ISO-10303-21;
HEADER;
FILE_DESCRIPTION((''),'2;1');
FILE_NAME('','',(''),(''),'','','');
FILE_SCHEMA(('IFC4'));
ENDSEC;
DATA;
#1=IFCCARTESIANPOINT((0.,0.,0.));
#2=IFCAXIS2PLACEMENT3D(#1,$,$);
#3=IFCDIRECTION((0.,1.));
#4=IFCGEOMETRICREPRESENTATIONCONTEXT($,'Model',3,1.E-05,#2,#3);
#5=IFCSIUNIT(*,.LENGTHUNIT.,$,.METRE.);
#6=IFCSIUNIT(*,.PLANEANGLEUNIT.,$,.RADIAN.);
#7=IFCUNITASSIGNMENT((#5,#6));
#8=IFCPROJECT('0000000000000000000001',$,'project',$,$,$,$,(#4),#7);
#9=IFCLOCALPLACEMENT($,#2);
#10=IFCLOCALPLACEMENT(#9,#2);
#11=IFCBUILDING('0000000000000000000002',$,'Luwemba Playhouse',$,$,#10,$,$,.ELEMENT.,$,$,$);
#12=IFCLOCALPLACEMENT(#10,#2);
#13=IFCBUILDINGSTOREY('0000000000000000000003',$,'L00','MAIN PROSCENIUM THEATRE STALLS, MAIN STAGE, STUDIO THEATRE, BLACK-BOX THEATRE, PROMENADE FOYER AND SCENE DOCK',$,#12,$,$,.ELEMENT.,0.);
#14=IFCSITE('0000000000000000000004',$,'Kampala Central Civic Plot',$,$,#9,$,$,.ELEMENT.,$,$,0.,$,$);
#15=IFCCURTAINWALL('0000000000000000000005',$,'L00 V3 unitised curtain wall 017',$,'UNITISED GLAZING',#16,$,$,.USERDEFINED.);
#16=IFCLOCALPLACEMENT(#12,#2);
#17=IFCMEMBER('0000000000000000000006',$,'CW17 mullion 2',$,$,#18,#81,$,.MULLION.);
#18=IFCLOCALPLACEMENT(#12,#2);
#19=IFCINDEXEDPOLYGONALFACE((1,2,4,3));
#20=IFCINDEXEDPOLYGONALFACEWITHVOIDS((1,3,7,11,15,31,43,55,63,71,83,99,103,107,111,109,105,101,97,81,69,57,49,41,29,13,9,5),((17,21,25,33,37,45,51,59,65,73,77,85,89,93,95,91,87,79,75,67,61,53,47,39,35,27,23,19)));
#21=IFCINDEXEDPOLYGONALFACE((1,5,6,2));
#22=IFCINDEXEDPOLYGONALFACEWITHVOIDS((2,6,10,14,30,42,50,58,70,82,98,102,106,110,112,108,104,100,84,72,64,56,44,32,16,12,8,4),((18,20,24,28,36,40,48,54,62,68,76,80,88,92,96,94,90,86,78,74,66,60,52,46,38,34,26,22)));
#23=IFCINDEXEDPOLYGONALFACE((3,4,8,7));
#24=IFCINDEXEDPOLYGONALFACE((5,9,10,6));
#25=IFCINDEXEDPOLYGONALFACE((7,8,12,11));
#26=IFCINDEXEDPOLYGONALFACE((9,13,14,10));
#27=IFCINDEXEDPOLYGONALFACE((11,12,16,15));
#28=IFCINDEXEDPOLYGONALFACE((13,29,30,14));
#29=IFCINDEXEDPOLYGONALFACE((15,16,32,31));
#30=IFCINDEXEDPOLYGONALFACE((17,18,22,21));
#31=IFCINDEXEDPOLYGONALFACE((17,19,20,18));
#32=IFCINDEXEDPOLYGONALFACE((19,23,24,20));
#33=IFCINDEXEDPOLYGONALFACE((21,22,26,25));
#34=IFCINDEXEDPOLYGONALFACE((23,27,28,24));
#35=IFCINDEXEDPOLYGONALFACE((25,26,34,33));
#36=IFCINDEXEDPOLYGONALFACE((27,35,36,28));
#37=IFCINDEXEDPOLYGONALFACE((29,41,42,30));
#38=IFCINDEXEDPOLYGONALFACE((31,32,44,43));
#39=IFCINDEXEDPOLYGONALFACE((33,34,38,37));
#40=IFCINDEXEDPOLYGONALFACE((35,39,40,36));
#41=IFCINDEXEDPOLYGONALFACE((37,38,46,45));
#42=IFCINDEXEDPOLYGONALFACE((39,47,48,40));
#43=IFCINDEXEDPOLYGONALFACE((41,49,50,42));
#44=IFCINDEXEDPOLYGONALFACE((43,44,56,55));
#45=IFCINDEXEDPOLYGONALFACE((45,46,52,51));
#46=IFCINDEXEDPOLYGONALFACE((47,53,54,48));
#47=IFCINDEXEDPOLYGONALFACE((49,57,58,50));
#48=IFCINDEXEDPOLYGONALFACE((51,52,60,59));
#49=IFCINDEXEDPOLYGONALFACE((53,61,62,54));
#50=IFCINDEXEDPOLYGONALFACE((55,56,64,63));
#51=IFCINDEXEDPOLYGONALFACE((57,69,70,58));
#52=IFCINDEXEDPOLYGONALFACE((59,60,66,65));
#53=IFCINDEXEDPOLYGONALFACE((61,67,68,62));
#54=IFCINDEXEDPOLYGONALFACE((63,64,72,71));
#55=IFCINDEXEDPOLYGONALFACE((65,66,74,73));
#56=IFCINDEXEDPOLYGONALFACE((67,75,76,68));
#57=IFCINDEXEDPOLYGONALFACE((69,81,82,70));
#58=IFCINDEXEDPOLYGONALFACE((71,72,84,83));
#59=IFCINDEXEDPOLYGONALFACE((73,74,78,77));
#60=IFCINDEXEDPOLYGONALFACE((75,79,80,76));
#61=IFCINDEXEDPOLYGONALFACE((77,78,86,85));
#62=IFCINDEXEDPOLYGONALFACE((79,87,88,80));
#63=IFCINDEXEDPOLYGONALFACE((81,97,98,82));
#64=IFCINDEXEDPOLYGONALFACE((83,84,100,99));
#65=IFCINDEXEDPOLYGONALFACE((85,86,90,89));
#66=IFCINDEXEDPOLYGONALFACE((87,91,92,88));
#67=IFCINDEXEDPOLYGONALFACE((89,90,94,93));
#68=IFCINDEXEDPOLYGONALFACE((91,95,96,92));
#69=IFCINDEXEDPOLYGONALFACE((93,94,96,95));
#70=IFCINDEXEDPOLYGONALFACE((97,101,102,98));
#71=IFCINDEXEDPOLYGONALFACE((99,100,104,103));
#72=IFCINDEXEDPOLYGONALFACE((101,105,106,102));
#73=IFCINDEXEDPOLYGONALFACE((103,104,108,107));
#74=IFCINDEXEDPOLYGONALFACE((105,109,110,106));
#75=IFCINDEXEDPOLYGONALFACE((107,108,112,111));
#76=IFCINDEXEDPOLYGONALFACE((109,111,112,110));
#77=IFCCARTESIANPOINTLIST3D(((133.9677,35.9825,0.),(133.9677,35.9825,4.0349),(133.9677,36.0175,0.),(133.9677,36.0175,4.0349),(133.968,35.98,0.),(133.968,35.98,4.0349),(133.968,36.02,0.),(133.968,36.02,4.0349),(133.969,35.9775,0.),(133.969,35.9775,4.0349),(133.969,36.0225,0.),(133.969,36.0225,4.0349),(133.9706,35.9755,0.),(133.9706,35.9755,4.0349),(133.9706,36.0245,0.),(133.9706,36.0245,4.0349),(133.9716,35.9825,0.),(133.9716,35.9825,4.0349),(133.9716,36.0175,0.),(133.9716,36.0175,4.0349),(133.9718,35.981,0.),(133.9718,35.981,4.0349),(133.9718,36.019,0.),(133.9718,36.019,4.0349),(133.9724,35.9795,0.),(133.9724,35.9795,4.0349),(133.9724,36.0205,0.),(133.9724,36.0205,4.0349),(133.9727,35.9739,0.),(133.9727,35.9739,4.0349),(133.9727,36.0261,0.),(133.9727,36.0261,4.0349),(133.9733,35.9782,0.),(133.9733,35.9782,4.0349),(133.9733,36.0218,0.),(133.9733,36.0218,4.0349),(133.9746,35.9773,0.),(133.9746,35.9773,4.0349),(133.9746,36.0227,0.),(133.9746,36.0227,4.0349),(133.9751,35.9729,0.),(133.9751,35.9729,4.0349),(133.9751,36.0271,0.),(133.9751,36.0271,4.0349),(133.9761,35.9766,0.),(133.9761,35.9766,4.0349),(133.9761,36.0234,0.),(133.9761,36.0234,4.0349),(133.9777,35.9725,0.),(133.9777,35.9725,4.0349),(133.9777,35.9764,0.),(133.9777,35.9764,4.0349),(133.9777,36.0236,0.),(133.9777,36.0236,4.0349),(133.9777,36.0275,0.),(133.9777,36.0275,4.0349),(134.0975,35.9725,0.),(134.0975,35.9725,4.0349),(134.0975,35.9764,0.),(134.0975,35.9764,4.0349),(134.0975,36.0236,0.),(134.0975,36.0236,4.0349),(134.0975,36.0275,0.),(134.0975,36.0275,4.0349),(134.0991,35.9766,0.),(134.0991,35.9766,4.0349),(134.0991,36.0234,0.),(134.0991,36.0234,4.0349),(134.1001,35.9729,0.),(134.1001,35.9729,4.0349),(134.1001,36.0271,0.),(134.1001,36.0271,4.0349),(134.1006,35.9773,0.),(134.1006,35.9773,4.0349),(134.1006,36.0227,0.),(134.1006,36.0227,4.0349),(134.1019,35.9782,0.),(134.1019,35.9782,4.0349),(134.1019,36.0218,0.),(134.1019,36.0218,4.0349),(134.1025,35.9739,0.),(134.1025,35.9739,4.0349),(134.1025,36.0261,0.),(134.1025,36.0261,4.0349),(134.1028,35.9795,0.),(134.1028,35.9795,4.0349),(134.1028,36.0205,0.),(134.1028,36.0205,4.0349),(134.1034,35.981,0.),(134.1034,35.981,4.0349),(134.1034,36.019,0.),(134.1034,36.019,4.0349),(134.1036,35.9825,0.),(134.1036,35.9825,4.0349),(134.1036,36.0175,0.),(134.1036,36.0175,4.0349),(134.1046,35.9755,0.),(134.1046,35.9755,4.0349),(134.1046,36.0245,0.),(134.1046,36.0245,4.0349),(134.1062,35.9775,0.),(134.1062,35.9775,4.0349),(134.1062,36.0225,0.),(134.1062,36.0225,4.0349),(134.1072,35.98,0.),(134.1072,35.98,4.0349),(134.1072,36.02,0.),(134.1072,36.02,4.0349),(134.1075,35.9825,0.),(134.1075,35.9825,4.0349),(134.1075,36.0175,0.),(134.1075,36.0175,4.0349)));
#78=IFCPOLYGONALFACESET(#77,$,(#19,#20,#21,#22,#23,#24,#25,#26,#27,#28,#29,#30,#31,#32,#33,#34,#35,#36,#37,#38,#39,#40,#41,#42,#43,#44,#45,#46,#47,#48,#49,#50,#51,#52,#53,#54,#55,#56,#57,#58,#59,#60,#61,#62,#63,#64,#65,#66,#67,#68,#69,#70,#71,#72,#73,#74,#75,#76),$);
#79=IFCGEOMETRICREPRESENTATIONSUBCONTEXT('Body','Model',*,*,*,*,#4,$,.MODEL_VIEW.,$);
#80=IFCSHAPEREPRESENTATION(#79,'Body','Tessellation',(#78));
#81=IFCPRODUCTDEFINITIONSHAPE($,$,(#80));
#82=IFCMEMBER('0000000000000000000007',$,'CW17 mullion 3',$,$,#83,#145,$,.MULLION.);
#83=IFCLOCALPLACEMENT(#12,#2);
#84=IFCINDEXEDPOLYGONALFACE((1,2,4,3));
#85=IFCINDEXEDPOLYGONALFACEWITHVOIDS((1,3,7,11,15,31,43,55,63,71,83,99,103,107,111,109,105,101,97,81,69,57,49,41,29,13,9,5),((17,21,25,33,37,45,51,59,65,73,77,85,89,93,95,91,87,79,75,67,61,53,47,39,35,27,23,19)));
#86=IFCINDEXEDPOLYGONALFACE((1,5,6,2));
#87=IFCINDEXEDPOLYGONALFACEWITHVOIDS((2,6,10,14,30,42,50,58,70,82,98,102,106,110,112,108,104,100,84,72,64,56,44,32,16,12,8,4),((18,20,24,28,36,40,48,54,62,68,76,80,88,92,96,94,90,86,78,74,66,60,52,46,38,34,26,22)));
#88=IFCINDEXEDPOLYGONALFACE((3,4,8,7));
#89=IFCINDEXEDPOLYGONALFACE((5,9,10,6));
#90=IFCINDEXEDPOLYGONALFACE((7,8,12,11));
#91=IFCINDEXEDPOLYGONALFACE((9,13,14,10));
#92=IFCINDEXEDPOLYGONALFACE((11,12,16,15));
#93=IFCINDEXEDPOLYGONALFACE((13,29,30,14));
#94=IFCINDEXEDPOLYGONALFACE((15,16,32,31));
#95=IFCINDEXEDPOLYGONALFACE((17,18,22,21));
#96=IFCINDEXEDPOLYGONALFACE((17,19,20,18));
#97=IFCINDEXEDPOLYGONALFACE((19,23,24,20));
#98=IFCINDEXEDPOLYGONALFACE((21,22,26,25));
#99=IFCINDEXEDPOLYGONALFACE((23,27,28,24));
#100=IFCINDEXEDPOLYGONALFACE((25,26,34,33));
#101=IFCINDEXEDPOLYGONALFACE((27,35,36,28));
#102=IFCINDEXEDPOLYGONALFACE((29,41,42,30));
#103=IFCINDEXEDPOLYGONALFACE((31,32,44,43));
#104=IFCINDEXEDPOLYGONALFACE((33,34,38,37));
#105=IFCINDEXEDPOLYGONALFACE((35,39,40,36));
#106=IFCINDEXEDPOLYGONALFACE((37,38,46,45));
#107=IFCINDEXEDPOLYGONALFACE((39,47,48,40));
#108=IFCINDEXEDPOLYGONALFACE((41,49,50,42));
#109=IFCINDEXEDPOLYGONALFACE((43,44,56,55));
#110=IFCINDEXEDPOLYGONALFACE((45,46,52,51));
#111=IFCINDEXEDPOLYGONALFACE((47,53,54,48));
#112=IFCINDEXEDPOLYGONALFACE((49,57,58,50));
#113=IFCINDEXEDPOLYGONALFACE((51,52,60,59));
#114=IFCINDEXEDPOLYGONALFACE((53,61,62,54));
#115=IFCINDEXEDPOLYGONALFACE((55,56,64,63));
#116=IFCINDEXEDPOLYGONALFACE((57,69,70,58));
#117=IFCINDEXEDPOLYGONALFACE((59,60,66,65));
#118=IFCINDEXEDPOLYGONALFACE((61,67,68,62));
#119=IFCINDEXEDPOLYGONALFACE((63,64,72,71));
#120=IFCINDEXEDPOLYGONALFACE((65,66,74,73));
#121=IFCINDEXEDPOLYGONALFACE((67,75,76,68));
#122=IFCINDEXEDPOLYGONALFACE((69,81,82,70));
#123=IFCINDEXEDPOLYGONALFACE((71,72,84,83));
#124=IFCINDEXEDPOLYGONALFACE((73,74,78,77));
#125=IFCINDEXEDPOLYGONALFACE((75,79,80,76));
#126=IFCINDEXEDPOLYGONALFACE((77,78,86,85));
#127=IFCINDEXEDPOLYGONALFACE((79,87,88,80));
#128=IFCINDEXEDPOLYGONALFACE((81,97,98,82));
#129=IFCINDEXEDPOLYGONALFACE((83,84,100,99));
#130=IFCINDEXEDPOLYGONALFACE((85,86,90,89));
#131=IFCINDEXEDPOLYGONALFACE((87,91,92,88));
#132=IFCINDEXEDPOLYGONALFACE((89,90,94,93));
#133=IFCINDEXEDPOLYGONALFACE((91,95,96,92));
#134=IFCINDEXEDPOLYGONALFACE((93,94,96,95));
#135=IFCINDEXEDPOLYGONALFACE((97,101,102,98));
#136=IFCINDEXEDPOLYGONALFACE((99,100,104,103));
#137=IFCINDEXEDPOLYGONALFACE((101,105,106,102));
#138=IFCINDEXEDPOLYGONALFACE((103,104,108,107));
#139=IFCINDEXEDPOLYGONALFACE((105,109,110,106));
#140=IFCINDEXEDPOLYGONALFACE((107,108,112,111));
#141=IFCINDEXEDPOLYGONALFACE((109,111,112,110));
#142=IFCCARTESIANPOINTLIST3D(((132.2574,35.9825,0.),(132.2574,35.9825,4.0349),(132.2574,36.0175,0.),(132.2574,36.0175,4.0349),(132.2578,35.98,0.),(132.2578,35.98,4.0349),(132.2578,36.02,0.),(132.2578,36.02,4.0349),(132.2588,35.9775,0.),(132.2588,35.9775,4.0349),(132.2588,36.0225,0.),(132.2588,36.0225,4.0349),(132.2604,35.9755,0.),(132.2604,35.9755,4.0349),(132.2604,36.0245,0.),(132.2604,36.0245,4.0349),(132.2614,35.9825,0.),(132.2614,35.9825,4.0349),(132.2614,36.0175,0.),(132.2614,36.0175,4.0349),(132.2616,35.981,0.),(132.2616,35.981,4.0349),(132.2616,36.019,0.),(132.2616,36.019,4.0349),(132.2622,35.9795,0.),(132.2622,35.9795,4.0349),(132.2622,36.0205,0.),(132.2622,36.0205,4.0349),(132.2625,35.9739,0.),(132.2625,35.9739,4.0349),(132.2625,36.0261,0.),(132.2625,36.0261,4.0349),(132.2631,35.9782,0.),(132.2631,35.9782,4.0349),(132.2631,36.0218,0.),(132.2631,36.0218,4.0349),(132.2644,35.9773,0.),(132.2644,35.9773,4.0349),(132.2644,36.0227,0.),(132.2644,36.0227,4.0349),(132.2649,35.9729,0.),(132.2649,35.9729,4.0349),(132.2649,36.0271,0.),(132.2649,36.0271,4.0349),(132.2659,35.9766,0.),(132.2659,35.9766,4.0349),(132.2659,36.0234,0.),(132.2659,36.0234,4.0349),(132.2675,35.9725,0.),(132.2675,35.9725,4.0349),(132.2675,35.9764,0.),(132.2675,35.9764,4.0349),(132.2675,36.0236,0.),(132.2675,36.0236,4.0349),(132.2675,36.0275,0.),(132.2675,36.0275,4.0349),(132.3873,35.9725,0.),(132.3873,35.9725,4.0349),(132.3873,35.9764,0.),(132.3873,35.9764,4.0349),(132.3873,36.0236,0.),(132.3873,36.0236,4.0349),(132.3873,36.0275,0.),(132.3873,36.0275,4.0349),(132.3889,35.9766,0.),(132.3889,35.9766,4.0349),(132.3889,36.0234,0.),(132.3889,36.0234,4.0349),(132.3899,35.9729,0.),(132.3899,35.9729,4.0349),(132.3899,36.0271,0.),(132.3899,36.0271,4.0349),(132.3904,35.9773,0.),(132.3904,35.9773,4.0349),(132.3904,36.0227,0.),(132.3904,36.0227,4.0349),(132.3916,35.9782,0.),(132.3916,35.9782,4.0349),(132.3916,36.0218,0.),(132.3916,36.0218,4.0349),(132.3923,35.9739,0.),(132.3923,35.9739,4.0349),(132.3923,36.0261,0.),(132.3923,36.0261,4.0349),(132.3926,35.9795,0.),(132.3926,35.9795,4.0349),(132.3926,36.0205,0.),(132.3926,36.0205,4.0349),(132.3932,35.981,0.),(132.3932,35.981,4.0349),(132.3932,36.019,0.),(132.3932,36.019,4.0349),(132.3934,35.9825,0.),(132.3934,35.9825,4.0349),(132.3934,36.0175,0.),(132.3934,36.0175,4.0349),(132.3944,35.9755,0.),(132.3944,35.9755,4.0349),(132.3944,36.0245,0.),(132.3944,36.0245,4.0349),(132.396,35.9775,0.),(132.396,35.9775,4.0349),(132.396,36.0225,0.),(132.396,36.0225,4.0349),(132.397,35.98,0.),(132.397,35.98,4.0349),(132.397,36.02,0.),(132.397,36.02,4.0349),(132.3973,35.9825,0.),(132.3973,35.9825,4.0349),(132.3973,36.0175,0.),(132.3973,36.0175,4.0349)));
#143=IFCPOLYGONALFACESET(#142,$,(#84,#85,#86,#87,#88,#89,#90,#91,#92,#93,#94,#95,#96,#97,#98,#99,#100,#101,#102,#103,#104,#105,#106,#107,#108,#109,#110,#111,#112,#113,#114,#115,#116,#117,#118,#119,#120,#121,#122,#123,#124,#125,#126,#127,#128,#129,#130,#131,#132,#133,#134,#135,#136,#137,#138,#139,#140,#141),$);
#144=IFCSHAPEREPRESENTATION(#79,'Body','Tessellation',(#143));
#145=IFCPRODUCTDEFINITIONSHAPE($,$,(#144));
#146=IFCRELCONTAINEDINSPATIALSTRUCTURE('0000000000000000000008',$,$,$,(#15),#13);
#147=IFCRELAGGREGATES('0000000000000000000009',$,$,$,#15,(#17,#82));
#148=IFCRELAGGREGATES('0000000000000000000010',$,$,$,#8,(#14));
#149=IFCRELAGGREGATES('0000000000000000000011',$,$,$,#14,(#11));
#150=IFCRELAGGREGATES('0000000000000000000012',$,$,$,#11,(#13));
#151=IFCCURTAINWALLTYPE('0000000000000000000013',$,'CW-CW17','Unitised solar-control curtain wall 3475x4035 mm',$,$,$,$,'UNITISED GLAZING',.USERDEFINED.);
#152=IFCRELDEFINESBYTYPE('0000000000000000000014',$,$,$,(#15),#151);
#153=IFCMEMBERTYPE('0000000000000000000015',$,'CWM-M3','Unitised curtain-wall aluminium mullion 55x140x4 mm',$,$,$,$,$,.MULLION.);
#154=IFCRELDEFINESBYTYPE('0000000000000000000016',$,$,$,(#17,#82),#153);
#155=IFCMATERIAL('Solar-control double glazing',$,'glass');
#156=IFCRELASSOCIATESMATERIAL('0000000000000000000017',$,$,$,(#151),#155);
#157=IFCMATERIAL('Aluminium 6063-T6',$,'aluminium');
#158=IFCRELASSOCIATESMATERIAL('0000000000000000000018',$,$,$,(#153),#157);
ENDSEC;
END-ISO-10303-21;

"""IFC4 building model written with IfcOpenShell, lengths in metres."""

from ifc_helpers import new_model, si_unit, direction, frame, origin, origin_2d, place, context, subcontext, project, spatial, hollow_rectangle, extrude, material, material_profile, profile_set, type_object, element, aggregate, save


model = new_model("IFC4")

# Units and contexts
model_context = context("Model", 3, precision=1e-05, world=origin(), true_north=direction((0.0, 1.0)))
body_context = subcontext(model_context, "Body", "Model", "MODEL_VIEW")
ifc_project = project(units=[si_unit("LENGTHUNIT", "METRE"), si_unit("PLANEANGLEUNIT", "RADIAN")], contexts=[model_context])

# Site, building, storey
site_placement = place(None, origin())
site = spatial("IfcSite", under=ifc_project, at=site_placement, Name="Kampala Central Civic Plot", CompositionType="ELEMENT", RefElevation=0.0)
building_placement = place(site_placement, origin())
building = spatial("IfcBuilding", under=site, at=building_placement, Name="Luwemba Playhouse", CompositionType="ELEMENT")
storey_placement = place(building_placement, origin())
storey = spatial("IfcBuildingStorey", under=building, at=storey_placement, Name="L00", Description="MAIN PROSCENIUM THEATRE STALLS, MAIN STAGE, STUDIO THEATRE, BLACK-BOX THEATRE, PROMENADE FOYER AND SCENE DOCK", CompositionType="ELEMENT", Elevation=0.0)

# Shared definitions
ifc_material_1 = material(Name="Solar-control double glazing", Category="glass")
ifc_material_2 = material(Name="Aluminium 6063-T6", Category="aluminium")

# Curtain wall, members
curtain_wall_type_1 = type_object("IfcCurtainWallType", Name="CW-CW17", Description="Unitised solar-control curtain wall 3475x4035 mm", ElementType="UNITISED GLAZING", PredefinedType="USERDEFINED", material=ifc_material_1)
curtain_wall_1_placement = place(storey_placement, origin())
curtain_wall_1 = element("IfcCurtainWall", 1, at=curtain_wall_1_placement, inside=storey, type_object=curtain_wall_type_1, Name="L00 V3 unitised curtain wall 017", ObjectType="UNITISED GLAZING", PredefinedType="USERDEFINED")
ifc_material_profile_1 = material_profile(ifc_material_2, hollow_rectangle(XDim=0.0549, YDim=0.1399, WallThickness=0.0039, InnerFilletRadius=0.0061, OuterFilletRadius=0.01, at=origin_2d()))
ifc_profile_set_1 = profile_set([ifc_material_profile_1], Name="Aluminium 6063-T6")
member_type_1 = type_object("IfcMemberType", Name="CWM-M3", Description="Unitised curtain-wall aluminium mullion 55x140x4 mm", PredefinedType="MULLION", material=ifc_profile_set_1)
member_1_placement = place(storey_placement, frame((134.0376, 36.0, 0.0), z_axis=(0.0, 0.0, 1.0), x_axis=(0.0, -1.0, 0.0)))
member_1 = element("IfcMember", 2, at=member_1_placement, type_object=member_type_1, Name="CW17 mullion 2", PredefinedType="MULLION", context=body_context, shape_type="SweptSolid", body=[
    extrude(hollow_rectangle(XDim=0.0549, YDim=0.1399, WallThickness=0.0039, InnerFilletRadius=0.0061, OuterFilletRadius=0.01, at=origin_2d()), origin(), (0.0, 0.0, 1.0), 4.0349),
])
member_2_placement = place(storey_placement, frame((132.3274, 36.0, 0.0), z_axis=(0.0, 0.0, 1.0), x_axis=(0.0, -1.0, 0.0)))
member_2 = element("IfcMember", 3, at=member_2_placement, type_object=member_type_1, Name="CW17 mullion 3", PredefinedType="MULLION", context=body_context, shape_type="SweptSolid", body=[
    extrude(hollow_rectangle(XDim=0.0549, YDim=0.1399, WallThickness=0.0039, InnerFilletRadius=0.0061, OuterFilletRadius=0.01, at=origin_2d()), origin(), (0.0, 0.0, 1.0), 4.0349),
])

aggregate(curtain_wall_1, [member_1, member_2])

save(model, "model.ifc")
